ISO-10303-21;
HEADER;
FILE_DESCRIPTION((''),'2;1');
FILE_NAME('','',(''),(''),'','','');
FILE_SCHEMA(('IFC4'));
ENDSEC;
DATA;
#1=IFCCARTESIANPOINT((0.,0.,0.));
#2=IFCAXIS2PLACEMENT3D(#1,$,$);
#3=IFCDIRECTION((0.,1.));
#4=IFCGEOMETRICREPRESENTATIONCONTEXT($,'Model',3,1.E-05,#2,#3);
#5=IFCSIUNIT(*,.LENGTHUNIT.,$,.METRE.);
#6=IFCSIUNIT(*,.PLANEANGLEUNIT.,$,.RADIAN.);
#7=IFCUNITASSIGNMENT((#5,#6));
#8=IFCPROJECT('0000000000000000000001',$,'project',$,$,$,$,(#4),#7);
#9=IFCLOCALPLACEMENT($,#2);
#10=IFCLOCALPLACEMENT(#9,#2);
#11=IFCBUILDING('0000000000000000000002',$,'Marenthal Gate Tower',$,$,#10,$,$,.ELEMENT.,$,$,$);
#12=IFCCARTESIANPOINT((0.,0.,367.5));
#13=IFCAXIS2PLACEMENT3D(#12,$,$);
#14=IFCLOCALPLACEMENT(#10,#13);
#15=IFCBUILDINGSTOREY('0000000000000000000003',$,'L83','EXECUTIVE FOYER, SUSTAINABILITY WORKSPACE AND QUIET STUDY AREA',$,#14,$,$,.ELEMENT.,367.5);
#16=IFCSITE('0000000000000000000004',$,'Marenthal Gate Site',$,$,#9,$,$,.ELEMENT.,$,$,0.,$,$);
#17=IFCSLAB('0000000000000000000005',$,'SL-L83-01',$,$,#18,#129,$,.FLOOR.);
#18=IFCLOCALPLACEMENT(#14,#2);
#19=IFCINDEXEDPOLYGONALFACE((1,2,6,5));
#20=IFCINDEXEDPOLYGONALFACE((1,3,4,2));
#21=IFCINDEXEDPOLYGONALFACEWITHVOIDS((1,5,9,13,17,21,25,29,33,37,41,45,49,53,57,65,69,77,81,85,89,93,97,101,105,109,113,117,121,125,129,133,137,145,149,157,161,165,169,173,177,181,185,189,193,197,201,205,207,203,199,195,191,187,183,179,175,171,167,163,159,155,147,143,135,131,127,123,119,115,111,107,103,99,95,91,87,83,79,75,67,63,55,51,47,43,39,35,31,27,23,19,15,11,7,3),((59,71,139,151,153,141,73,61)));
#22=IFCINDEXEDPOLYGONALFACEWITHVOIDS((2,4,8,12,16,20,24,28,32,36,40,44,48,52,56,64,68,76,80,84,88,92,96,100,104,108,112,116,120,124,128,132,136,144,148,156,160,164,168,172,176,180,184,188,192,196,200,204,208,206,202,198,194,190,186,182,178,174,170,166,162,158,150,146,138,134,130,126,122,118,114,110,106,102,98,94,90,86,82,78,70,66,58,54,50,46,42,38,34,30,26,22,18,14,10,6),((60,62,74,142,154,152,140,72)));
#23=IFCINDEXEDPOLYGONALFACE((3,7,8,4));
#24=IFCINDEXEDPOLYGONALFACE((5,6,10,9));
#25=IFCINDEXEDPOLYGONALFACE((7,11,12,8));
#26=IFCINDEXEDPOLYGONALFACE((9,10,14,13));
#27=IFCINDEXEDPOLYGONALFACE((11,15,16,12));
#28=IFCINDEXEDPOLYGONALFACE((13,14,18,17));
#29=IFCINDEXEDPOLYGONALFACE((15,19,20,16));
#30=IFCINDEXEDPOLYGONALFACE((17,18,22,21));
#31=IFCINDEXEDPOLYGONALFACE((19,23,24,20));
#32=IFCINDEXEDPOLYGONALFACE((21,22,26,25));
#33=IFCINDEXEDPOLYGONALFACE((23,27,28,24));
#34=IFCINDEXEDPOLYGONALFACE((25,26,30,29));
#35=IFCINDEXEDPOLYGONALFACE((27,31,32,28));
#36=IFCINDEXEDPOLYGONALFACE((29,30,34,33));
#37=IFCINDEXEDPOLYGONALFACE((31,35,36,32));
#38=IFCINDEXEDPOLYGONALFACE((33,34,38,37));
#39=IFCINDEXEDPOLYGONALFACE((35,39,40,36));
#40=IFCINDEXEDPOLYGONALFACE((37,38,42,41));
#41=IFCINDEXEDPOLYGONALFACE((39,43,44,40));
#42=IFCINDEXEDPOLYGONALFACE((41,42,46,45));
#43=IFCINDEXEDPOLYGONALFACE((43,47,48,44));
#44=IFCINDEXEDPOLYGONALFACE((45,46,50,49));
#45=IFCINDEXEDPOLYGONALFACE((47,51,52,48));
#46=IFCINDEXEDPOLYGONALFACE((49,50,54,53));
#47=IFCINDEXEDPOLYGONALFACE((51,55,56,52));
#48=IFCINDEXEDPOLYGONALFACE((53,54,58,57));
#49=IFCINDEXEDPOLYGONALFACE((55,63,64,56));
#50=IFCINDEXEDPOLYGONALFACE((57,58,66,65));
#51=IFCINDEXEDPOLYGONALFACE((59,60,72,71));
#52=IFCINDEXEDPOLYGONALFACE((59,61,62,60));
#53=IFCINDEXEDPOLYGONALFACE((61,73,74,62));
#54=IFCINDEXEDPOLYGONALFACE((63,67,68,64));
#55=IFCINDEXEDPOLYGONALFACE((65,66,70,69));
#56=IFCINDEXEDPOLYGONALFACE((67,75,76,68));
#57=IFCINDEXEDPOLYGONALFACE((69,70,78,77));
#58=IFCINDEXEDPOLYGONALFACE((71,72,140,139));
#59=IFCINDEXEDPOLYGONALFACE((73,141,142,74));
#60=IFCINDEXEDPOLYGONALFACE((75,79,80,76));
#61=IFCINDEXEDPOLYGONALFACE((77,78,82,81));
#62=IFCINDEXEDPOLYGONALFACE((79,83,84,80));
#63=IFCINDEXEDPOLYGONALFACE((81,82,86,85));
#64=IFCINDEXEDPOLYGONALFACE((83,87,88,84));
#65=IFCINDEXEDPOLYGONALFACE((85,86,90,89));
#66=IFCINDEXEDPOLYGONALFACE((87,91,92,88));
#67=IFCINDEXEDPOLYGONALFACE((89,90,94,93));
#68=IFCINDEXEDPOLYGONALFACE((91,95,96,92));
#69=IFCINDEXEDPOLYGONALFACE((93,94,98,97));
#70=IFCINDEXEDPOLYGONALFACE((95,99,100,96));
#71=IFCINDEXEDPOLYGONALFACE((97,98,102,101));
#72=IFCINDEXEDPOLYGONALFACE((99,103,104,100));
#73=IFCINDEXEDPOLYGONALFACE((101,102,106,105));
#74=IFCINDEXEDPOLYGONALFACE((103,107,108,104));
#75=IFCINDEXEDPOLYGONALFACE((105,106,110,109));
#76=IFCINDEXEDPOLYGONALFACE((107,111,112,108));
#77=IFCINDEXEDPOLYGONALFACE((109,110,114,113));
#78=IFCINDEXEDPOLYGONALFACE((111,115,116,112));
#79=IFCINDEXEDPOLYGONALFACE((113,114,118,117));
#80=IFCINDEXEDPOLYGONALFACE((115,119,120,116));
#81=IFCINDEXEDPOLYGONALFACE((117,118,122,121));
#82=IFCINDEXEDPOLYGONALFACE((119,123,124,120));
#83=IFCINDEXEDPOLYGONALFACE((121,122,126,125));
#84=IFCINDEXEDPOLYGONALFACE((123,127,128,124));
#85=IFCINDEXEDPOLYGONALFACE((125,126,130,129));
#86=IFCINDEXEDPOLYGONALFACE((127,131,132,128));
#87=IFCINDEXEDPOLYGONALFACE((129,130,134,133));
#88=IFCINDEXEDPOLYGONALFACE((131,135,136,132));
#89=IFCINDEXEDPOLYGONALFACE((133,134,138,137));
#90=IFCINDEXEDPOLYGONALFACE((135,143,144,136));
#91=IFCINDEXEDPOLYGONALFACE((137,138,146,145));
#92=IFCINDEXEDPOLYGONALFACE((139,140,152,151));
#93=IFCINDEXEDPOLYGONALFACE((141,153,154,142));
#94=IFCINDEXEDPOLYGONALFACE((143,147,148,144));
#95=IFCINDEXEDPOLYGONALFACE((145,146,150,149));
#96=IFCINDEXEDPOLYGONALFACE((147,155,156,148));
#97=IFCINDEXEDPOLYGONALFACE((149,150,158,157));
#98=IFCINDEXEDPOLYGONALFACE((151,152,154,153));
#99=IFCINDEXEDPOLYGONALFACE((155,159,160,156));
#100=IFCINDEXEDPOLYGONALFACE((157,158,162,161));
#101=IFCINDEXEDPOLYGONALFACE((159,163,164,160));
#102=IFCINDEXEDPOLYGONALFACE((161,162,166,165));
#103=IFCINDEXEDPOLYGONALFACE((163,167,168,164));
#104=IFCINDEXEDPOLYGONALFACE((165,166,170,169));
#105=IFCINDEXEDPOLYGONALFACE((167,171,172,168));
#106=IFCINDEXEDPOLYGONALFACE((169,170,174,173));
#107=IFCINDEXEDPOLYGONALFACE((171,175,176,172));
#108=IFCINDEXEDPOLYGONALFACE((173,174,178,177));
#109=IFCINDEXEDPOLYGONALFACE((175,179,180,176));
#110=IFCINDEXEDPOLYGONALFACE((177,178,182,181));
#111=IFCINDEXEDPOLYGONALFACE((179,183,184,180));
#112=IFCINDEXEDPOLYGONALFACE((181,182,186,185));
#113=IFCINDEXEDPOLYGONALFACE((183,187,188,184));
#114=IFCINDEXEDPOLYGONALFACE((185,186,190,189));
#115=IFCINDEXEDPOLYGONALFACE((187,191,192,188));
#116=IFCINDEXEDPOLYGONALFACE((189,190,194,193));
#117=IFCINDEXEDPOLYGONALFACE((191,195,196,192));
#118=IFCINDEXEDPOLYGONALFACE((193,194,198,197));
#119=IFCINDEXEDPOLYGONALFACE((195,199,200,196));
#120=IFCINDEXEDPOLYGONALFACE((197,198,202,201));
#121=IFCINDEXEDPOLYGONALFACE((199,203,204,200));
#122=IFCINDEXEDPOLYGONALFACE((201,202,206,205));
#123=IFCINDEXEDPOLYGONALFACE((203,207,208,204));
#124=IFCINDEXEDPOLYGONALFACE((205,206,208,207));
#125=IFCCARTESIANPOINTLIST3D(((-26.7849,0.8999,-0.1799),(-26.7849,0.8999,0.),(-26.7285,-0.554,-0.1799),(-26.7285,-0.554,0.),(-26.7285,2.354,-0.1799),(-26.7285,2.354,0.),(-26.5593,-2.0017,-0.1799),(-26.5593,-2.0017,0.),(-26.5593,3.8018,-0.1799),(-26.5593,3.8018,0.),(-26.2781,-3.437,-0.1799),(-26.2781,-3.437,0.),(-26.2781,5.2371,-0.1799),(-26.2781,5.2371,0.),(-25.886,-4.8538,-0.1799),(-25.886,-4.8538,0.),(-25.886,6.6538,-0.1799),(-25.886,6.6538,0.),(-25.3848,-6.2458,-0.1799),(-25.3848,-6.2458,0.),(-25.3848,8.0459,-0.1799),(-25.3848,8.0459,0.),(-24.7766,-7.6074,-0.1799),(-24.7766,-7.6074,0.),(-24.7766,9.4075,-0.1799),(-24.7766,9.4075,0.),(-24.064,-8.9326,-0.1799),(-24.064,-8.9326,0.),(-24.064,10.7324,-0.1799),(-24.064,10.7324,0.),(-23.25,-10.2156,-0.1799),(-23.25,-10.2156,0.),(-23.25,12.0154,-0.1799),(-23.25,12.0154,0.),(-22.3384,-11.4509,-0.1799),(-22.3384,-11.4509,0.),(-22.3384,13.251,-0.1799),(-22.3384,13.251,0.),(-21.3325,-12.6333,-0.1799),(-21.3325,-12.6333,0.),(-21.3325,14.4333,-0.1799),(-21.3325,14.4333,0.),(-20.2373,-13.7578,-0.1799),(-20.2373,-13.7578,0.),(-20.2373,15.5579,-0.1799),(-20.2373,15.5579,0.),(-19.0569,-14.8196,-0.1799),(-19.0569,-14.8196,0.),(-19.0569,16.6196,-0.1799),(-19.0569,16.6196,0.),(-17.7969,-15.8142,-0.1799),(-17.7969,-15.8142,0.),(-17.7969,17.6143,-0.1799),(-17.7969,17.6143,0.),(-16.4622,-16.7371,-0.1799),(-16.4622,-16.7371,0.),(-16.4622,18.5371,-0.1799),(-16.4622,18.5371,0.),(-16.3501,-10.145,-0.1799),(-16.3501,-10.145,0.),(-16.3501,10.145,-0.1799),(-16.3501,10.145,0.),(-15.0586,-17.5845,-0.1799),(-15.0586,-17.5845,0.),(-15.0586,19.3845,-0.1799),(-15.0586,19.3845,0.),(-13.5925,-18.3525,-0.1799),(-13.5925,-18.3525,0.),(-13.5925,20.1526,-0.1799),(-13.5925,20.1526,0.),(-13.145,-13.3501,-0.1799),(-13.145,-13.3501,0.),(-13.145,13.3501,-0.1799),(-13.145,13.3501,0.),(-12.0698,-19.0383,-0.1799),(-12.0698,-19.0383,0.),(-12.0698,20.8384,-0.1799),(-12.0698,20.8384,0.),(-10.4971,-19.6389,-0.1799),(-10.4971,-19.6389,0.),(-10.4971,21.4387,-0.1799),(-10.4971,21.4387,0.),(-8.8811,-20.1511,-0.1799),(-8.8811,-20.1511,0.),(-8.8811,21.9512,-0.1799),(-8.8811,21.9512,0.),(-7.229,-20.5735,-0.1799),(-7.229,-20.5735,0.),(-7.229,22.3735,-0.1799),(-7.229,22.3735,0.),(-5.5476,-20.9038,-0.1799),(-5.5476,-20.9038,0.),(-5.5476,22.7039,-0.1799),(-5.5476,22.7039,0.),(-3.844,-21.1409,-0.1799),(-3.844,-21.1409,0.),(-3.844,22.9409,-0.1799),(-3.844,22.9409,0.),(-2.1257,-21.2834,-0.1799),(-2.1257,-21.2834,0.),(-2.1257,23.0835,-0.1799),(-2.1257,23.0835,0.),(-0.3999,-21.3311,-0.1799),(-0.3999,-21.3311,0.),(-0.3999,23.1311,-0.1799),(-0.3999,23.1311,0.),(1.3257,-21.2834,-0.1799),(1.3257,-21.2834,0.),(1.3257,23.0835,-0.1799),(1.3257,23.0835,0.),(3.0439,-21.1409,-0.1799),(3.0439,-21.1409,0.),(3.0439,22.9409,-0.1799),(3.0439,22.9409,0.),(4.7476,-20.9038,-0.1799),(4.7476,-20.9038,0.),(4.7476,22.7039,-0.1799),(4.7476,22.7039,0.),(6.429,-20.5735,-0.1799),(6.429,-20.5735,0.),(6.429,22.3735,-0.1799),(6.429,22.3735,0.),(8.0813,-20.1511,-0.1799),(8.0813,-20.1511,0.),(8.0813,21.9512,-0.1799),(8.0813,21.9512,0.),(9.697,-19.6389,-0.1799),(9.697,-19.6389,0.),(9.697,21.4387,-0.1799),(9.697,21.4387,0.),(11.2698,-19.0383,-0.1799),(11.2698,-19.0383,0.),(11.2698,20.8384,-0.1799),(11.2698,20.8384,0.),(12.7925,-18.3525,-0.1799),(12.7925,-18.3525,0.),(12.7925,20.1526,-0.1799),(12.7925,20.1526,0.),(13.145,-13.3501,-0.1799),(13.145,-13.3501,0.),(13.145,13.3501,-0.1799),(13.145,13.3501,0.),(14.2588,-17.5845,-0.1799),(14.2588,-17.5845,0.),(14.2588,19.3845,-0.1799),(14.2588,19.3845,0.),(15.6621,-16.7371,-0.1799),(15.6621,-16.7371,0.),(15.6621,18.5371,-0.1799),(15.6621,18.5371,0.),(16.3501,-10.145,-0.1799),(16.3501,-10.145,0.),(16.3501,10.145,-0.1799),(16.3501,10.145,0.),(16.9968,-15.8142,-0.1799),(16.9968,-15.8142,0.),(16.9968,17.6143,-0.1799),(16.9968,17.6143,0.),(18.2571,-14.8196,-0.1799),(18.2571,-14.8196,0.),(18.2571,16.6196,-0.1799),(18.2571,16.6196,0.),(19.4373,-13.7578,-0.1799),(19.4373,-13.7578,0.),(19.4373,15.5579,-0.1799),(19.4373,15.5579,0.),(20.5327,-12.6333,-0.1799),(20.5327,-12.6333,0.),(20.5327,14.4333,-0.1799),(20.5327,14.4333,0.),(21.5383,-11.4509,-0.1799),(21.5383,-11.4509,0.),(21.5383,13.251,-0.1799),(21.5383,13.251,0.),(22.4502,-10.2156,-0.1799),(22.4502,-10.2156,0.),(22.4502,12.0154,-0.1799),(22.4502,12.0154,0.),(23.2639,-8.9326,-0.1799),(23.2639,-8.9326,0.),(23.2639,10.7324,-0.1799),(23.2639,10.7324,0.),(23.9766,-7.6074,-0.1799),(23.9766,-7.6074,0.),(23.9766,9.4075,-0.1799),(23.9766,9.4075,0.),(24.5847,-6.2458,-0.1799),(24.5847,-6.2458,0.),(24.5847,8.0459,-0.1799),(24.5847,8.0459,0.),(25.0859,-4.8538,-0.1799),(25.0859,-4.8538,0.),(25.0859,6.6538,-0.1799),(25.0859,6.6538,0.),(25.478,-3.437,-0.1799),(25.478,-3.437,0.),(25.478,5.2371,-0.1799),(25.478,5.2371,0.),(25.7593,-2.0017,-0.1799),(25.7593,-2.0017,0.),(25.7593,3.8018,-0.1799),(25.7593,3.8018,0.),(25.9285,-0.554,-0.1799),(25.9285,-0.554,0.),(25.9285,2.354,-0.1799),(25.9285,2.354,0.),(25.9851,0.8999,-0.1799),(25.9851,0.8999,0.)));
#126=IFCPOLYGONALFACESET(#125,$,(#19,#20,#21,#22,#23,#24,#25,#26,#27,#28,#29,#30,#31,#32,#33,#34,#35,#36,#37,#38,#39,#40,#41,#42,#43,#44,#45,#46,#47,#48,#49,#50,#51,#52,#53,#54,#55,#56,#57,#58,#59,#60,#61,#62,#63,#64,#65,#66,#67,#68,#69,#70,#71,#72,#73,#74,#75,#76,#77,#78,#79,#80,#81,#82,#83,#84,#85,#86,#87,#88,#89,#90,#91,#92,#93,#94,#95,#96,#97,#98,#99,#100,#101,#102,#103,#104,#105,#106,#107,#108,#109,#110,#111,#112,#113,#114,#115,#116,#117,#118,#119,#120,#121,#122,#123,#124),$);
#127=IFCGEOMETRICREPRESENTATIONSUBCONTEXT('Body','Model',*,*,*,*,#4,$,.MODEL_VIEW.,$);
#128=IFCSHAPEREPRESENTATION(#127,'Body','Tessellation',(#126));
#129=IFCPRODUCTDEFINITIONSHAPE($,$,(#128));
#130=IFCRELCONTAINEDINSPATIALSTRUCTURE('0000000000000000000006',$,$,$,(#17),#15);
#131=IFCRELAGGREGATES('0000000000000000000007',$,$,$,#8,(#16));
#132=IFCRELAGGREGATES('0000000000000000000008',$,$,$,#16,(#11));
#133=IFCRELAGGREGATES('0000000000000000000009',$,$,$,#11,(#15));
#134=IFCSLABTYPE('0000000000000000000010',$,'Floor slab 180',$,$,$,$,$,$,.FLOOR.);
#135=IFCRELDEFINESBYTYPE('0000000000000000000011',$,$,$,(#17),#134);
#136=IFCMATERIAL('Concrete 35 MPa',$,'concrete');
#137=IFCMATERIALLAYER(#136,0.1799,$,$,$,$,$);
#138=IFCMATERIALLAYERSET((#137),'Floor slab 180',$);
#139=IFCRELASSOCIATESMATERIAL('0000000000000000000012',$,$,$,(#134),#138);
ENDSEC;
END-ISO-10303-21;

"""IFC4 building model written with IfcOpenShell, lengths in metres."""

from ifc_helpers import new_model, si_unit, direction, frame, origin, place, context, subcontext, project, spatial, polyline, outline, extrude, material, layer, layer_set, type_object, element, save


model = new_model("IFC4")

# Units and contexts
model_context = context("Model", 3, precision=1e-05, world=origin(), true_north=direction((0.0, 1.0)))
body_context = subcontext(model_context, "Body", "Model", "MODEL_VIEW")
ifc_project = project(units=[si_unit("LENGTHUNIT", "METRE"), si_unit("PLANEANGLEUNIT", "RADIAN")], contexts=[model_context])

# Site, building, storey
site_placement = place(None, origin())
site = spatial("IfcSite", under=ifc_project, at=site_placement, Name="Marenthal Gate Site", CompositionType="ELEMENT", RefElevation=0.0)
building_placement = place(site_placement, origin())
building = spatial("IfcBuilding", under=site, at=building_placement, Name="Marenthal Gate Tower", CompositionType="ELEMENT")
storey_placement = place(building_placement, frame((0.0, 0.0, 367.5)))
storey = spatial("IfcBuildingStorey", under=building, at=storey_placement, Name="L83", Description="EXECUTIVE FOYER, SUSTAINABILITY WORKSPACE AND QUIET STUDY AREA", CompositionType="ELEMENT", Elevation=367.5)

# Slab
ifc_material_1 = material(Name="Concrete 35 MPa", Category="concrete")
ifc_layer_1 = layer(ifc_material_1, 0.1799)
ifc_layer_set_1 = layer_set([ifc_layer_1], Name="Floor slab 180")
slab_type = type_object("IfcSlabType", Name="Floor slab 180", PredefinedType="FLOOR", material=ifc_layer_set_1)
slab_placement = place(storey_placement, frame((0.0, 0.0, -0.1799)))
element("IfcSlab", 1, at=slab_placement, inside=storey, type_object=slab_type, Name="SL-L83-01", PredefinedType="FLOOR", context=body_context, shape_type="SweptSolid", body=[
    extrude(outline(polyline([(25.9851, 0.8999), (25.9285, 2.354), (25.7593, 3.8018), (25.478, 5.2371), (25.0859, 6.6538), (24.5847, 8.0459), (23.9766, 9.4075), (23.2639, 10.7324), (22.4502, 12.0154), (21.5383, 13.251), (20.5327, 14.4333), (19.4373, 15.5579), (18.2571, 16.6196), (16.9968, 17.6143), (15.6621, 18.5371), (14.2588, 19.3845), (12.7925, 20.1526), (11.2698, 20.8384), (9.697, 21.4387), (8.0813, 21.9512), (6.429, 22.3735), (4.7476, 22.7039), (3.0439, 22.9409), (1.3257, 23.0835), (-0.3999, 23.1311), (-2.1257, 23.0835), (-3.844, 22.9409), (-5.5476, 22.7039), (-7.229, 22.3735), (-8.8811, 21.9512), (-10.4971, 21.4387), (-12.0698, 20.8384), (-13.5925, 20.1526), (-15.0586, 19.3845), (-16.4622, 18.5371), (-17.7969, 17.6143), (-19.0569, 16.6196), (-20.2373, 15.5579), (-21.3325, 14.4333), (-22.3384, 13.251), (-23.25, 12.0154), (-24.064, 10.7324), (-24.7766, 9.4075), (-25.3848, 8.0459), (-25.886, 6.6538), (-26.2781, 5.2371), (-26.5593, 3.8018), (-26.7285, 2.354), (-26.7849, 0.8999), (-26.7285, -0.554), (-26.5593, -2.0017), (-26.2781, -3.437), (-25.886, -4.8538), (-25.3848, -6.2458), (-24.7766, -7.6074), (-24.064, -8.9326), (-23.25, -10.2156), (-22.3384, -11.4509), (-21.3325, -12.6333), (-20.2373, -13.7578), (-19.0569, -14.8196), (-17.7969, -15.8142), (-16.4622, -16.7371), (-15.0586, -17.5845), (-13.5925, -18.3525), (-12.0698, -19.0383), (-10.4971, -19.6389), (-8.8811, -20.1511), (-7.229, -20.5735), (-5.5476, -20.9038), (-3.844, -21.1409), (-2.1257, -21.2834), (-0.3999, -21.3311), (1.3257, -21.2834), (3.0439, -21.1409), (4.7476, -20.9038), (6.429, -20.5735), (8.0813, -20.1511), (9.697, -19.6389), (11.2698, -19.0383), (12.7925, -18.3525), (14.2588, -17.5845), (15.6621, -16.7371), (16.9968, -15.8142), (18.2571, -14.8196), (19.4373, -13.7578), (20.5327, -12.6333), (21.5383, -11.4509), (22.4502, -10.2156), (23.2639, -8.9326), (23.9766, -7.6074), (24.5847, -6.2458), (25.0859, -4.8538), (25.478, -3.437), (25.7593, -2.0017), (25.9285, -0.554), (25.9851, 0.8999)]), holes=[polyline([(13.145, -13.3501), (16.3501, -10.145), (16.3501, 10.145), (13.145, 13.3501), (-13.145, 13.3501), (-16.3501, 10.145), (-16.3501, -10.145), (-13.145, -13.3501), (13.145, -13.3501)])]), origin(), (0.0, 0.0, 1.0), 0.1799),
])

save(model, "model.ifc")
